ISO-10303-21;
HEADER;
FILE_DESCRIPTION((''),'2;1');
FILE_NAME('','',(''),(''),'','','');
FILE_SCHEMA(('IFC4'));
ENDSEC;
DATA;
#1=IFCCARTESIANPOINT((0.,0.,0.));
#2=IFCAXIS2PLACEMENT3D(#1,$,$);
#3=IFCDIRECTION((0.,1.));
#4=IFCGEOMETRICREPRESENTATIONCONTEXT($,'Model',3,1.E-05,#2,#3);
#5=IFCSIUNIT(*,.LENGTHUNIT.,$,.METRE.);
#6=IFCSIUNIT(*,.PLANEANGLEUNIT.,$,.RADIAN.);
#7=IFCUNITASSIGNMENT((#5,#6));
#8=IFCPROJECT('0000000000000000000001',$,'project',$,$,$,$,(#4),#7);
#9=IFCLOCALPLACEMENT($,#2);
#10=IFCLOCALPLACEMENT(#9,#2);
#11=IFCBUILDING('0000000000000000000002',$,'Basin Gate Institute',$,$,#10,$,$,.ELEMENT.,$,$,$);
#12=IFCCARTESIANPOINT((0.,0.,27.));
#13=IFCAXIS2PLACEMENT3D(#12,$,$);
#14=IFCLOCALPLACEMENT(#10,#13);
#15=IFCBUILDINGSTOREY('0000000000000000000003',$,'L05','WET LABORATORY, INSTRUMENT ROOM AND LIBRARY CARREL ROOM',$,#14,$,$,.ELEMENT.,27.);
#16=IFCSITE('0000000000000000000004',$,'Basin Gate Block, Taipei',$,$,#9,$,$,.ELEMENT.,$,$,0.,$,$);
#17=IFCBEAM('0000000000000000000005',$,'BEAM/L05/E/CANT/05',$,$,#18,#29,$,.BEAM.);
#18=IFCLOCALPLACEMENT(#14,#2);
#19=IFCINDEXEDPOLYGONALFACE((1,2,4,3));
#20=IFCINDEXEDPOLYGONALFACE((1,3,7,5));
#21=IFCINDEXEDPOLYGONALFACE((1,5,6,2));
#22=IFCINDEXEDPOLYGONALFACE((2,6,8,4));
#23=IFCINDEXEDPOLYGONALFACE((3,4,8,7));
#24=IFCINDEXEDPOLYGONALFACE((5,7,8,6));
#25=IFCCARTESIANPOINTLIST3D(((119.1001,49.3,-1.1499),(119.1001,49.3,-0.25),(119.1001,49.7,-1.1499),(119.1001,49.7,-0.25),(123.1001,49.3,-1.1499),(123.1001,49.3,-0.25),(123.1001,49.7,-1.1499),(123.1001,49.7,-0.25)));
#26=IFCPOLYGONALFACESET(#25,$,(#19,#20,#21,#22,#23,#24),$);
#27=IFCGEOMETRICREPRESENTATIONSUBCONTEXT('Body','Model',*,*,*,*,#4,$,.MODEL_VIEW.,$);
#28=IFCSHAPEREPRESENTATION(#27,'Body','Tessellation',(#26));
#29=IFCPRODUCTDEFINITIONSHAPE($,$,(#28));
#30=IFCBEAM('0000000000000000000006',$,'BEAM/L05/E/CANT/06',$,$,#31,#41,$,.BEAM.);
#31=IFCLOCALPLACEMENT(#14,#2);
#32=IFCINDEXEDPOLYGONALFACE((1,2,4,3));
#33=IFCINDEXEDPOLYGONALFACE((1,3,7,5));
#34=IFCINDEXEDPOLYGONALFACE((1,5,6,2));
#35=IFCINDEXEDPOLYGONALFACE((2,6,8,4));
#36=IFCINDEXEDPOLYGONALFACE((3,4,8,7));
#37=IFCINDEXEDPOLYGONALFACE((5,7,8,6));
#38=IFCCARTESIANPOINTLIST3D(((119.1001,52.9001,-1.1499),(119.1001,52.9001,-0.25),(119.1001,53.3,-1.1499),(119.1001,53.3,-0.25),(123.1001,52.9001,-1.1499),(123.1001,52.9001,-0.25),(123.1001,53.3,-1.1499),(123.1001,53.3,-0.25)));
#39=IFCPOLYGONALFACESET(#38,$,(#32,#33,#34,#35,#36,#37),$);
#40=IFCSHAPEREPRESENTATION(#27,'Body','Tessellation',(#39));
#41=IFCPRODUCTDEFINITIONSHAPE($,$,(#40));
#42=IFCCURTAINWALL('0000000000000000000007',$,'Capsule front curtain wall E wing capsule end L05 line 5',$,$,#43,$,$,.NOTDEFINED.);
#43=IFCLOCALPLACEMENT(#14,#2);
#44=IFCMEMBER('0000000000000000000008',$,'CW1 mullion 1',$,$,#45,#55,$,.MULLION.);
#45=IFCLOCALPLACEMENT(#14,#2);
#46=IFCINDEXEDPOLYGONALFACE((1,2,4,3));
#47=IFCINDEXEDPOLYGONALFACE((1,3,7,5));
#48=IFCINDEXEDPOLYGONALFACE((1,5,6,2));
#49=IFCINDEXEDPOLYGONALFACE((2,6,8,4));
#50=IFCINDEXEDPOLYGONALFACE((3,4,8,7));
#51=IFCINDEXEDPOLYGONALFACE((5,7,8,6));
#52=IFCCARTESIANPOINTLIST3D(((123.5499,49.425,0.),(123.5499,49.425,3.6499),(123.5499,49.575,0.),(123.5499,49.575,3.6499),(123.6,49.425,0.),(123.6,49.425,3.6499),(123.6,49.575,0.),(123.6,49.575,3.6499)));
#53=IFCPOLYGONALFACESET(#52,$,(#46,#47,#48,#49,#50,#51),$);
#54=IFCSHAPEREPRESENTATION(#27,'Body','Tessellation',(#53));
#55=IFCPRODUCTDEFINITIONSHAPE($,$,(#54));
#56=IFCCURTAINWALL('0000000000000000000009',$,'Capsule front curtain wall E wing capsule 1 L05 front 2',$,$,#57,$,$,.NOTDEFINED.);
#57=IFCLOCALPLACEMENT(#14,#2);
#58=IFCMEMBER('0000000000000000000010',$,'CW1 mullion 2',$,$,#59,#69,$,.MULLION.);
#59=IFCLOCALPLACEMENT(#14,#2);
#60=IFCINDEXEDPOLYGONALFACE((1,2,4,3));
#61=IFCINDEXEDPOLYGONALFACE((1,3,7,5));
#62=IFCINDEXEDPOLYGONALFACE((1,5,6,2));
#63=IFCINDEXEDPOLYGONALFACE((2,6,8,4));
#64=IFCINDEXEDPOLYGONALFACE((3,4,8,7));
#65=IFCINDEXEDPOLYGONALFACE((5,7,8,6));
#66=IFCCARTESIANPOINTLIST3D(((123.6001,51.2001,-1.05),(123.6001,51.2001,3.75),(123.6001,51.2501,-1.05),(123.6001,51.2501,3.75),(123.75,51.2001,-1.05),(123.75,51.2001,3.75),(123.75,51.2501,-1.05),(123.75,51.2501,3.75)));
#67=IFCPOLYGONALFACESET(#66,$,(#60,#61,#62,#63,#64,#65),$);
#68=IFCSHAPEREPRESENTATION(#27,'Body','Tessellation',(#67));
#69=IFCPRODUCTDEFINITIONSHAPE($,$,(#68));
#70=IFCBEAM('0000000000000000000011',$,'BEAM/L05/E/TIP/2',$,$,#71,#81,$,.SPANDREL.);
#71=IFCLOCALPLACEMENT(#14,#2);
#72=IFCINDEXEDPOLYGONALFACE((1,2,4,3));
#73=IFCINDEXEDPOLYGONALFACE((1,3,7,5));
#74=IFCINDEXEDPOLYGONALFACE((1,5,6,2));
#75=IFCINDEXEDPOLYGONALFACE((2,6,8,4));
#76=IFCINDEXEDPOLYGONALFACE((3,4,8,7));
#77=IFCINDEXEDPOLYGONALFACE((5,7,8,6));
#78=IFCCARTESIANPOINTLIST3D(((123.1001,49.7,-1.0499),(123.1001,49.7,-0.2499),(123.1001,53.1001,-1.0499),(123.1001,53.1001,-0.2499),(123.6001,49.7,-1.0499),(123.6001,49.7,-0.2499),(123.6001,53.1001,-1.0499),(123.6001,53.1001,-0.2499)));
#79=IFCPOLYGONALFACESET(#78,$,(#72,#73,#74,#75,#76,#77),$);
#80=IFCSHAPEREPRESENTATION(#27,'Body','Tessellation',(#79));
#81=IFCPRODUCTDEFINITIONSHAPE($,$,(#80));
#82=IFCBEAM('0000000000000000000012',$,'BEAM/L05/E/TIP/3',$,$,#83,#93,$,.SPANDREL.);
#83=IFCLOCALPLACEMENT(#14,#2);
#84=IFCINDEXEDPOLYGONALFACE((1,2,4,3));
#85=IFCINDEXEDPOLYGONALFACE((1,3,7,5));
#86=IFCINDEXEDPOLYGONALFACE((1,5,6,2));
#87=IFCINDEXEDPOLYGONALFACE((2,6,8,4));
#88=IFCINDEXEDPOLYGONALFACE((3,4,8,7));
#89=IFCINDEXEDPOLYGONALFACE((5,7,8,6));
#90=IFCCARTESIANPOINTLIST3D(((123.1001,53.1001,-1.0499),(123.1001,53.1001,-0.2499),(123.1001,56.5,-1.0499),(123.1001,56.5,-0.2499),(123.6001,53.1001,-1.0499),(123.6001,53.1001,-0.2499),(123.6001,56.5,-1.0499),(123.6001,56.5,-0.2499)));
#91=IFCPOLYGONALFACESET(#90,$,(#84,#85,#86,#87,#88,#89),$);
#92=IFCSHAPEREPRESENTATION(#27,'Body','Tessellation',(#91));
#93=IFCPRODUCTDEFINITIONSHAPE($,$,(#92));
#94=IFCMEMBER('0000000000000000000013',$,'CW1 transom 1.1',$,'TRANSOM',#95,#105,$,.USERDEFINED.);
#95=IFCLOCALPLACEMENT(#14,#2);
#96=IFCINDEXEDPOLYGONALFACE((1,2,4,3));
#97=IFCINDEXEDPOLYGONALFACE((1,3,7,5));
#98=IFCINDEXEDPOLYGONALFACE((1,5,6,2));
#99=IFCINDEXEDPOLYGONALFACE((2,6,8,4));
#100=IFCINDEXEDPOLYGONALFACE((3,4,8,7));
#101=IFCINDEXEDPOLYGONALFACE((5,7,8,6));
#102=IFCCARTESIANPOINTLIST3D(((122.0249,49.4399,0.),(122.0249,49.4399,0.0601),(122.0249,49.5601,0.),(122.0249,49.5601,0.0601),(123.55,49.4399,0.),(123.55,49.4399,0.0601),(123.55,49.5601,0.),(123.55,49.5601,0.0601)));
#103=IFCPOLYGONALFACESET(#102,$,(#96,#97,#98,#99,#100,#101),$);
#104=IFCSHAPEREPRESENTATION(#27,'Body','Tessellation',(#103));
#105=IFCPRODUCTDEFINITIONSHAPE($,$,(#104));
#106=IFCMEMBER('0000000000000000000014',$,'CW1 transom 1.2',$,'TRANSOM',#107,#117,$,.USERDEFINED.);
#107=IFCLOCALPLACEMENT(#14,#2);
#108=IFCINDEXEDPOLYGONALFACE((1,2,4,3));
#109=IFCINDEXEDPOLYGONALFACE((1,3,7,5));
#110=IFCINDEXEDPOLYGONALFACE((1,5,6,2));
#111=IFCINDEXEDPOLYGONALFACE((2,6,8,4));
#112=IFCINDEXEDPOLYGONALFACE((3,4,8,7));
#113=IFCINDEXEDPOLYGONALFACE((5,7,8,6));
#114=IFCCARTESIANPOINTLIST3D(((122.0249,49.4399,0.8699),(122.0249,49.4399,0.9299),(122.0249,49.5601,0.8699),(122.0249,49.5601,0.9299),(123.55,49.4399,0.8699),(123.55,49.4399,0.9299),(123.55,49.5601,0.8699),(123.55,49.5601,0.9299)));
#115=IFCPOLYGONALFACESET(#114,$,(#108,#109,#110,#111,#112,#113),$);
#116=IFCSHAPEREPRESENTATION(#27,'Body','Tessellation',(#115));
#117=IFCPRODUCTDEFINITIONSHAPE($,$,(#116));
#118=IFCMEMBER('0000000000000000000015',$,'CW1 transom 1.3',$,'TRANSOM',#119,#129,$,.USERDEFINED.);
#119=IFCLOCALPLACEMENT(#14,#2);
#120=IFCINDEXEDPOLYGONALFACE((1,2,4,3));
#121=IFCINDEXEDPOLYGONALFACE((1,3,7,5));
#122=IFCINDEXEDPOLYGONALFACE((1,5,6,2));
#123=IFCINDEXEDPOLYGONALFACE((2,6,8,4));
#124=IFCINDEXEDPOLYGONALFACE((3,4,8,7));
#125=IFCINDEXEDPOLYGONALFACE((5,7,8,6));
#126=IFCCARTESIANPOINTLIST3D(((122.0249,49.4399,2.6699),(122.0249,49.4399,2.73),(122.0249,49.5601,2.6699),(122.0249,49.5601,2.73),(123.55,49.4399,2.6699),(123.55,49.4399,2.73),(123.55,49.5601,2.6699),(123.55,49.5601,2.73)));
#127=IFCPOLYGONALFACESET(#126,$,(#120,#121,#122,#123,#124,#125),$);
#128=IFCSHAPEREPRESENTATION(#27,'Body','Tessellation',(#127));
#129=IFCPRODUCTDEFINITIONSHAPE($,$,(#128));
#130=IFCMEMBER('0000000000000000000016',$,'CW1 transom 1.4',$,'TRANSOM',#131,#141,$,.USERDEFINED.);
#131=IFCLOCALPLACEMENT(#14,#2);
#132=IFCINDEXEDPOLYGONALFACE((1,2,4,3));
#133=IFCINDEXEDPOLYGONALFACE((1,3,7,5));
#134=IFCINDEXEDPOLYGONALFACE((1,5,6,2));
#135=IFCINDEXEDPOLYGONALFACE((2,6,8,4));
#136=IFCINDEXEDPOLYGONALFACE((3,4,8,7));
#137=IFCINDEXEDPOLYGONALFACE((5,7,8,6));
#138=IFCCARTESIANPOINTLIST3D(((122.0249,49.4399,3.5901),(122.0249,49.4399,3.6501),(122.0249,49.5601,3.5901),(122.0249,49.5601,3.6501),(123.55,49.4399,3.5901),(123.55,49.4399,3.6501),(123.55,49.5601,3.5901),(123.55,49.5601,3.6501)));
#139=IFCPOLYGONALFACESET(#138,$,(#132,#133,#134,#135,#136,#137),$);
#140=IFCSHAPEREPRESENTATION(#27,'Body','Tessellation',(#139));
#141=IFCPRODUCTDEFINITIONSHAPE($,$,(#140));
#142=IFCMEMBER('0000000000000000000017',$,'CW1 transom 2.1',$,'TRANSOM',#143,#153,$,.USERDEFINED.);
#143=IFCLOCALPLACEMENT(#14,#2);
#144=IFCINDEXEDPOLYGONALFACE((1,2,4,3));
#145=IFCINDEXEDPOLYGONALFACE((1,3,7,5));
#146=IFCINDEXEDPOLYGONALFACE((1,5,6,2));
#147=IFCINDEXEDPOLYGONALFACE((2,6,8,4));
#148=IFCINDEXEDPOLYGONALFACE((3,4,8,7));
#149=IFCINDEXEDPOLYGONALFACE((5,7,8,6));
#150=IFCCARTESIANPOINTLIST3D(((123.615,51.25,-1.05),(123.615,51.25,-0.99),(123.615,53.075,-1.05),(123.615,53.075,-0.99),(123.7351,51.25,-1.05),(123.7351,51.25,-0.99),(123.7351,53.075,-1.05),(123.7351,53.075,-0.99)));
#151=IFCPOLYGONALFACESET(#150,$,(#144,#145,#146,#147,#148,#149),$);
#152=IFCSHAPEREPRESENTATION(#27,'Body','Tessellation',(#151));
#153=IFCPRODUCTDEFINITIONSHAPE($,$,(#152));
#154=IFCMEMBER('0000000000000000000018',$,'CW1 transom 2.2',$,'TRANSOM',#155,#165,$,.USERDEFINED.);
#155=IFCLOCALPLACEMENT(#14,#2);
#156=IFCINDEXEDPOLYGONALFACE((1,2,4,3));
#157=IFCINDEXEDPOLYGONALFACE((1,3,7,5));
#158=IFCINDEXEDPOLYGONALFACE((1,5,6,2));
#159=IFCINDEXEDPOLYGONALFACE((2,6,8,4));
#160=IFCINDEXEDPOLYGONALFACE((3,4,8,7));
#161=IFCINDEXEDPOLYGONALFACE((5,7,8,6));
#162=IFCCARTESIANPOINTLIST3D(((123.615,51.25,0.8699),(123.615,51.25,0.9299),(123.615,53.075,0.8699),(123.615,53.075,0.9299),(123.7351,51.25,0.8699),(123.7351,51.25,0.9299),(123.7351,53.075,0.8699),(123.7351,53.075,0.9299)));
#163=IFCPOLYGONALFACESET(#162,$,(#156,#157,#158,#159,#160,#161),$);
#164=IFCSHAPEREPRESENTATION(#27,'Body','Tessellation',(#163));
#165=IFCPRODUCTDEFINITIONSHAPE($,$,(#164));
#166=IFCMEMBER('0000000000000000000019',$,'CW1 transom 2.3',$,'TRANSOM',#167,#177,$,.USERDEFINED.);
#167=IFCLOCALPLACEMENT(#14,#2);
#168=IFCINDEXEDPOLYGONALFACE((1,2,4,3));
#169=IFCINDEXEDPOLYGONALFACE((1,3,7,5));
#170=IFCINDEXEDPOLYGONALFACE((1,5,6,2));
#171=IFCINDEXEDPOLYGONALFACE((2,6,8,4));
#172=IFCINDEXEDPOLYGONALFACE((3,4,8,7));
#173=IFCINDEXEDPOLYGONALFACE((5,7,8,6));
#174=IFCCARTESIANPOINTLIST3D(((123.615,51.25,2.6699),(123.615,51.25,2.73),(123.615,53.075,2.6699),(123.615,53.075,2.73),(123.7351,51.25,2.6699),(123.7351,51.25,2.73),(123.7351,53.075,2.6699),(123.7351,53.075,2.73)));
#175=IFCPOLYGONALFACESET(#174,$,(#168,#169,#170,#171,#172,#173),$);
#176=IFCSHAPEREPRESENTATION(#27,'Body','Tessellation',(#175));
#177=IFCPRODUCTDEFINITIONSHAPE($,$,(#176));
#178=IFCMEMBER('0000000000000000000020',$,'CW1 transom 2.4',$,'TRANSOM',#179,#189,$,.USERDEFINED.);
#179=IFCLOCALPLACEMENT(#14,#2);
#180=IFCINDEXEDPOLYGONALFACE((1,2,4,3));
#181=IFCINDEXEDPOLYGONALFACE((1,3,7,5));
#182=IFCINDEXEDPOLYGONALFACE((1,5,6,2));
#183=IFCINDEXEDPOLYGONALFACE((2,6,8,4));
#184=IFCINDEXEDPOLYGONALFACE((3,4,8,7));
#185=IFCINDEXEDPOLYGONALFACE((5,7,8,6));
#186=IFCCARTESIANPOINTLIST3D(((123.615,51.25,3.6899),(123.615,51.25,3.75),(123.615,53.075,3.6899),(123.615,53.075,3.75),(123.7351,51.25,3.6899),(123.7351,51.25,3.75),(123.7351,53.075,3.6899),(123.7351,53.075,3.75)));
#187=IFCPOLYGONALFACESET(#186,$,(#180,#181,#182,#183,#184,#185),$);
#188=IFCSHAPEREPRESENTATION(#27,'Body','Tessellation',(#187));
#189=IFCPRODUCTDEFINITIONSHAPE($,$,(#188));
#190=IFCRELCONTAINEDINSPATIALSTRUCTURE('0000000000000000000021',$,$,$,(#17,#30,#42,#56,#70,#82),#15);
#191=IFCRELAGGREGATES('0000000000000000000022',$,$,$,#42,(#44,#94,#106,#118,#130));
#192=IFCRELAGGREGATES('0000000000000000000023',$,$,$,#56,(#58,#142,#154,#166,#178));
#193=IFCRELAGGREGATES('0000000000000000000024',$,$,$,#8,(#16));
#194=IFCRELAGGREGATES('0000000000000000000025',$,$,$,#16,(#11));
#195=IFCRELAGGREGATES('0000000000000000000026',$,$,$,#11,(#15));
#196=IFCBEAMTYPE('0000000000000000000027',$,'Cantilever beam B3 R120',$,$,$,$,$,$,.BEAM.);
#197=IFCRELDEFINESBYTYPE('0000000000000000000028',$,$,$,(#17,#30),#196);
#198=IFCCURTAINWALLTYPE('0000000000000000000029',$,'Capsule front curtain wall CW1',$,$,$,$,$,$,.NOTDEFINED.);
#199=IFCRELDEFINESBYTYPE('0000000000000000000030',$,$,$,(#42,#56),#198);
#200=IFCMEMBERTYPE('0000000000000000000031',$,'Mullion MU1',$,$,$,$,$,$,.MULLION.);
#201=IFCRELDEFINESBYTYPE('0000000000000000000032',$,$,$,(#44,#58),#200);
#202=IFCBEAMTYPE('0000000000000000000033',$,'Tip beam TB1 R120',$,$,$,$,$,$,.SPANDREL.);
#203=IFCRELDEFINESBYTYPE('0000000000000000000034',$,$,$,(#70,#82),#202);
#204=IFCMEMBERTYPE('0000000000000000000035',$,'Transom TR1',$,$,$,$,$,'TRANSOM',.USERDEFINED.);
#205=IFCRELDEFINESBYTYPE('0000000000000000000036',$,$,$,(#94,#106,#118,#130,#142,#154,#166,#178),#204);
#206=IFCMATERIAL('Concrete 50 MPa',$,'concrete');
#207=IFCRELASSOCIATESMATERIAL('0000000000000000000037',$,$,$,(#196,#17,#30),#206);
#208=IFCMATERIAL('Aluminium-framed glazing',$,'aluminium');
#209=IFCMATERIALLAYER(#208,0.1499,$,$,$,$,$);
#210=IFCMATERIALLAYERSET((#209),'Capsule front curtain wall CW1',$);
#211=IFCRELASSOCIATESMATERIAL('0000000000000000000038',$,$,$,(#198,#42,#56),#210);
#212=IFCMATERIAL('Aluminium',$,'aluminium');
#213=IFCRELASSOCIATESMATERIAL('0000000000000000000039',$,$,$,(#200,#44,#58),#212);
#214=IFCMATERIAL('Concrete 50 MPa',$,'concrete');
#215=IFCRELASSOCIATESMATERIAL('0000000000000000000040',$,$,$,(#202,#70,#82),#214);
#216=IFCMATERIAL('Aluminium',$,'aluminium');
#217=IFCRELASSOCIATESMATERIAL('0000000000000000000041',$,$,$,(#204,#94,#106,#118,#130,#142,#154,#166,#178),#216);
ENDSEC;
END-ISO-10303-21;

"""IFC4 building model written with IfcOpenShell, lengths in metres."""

from ifc_helpers import new_model, si_unit, direction, frame, origin, origin_2d, place, context, subcontext, project, spatial, rectangle, extrude, material, layer, layer_set, material_profile, profile_set, type_object, element, aggregate, save


model = new_model("IFC4")

# Units and contexts
model_context = context("Model", 3, precision=1e-05, world=origin(), true_north=direction((0.0, 1.0)))
body_context = subcontext(model_context, "Body", "Model", "MODEL_VIEW")
ifc_project = project(units=[si_unit("LENGTHUNIT", "METRE"), si_unit("PLANEANGLEUNIT", "RADIAN")], contexts=[model_context])

# Site, building, storey
site_placement = place(None, origin())
site = spatial("IfcSite", under=ifc_project, at=site_placement, Name="Basin Gate Block, Taipei", CompositionType="ELEMENT", RefElevation=0.0)
building_placement = place(site_placement, origin())
building = spatial("IfcBuilding", under=site, at=building_placement, Name="Basin Gate Institute", CompositionType="ELEMENT")
storey_placement = place(building_placement, frame((0.0, 0.0, 27.0)))
storey = spatial("IfcBuildingStorey", under=building, at=storey_placement, Name="L05", Description="WET LABORATORY, INSTRUMENT ROOM AND LIBRARY CARREL ROOM", CompositionType="ELEMENT", Elevation=27.0)

# Beams
ifc_material_1 = material(Name="Concrete 50 MPa", Category="concrete")
ifc_material_profile_1 = material_profile(ifc_material_1, rectangle(XDim=0.3999, YDim=0.8999, at=origin_2d()), Name="Cantilever beam B3 400 x 900")
ifc_profile_set_1 = profile_set([ifc_material_profile_1], Name="Concrete 50 MPa")
beam_type_1 = type_object("IfcBeamType", Name="Cantilever beam B3 R120", PredefinedType="BEAM", material=ifc_profile_set_1)
for number, where, z_axis, x_axis, name in (
    (1, (123.1001, 49.5, -0.7), (-1.0, 0.0, 0.0), (0.0, -1.0, 0.0), "BEAM/L05/E/CANT/05"),
    (2, (123.1001, 53.1001, -0.7), (-1.0, 0.0, 0.0), (0.0, -1.0, 0.0), "BEAM/L05/E/CANT/06"),
):
    element("IfcBeam", number, at=place(storey_placement, frame(where, z_axis=z_axis, x_axis=x_axis)), inside=storey, type_object=beam_type_1, material=ifc_profile_set_1, Name=name, PredefinedType="BEAM", context=body_context, shape_type="SweptSolid", body=[
        extrude(rectangle(XDim=0.3999, YDim=0.8999, at=origin_2d()), origin(), (0.0, 0.0, 1.0), 4.0),
    ])

# Curtain walls, members
ifc_material_2 = material(Name="Aluminium-framed glazing", Category="aluminium")
ifc_layer_1 = layer(ifc_material_2, 0.1499)
ifc_layer_set_1 = layer_set([ifc_layer_1], Name="Capsule front curtain wall CW1")
curtain_wall_type = type_object("IfcCurtainWallType", Name="Capsule front curtain wall CW1", PredefinedType="NOTDEFINED", material=ifc_layer_set_1)
curtain_wall_1_placement = place(storey_placement, origin())
curtain_wall_1 = element("IfcCurtainWall", 3, at=curtain_wall_1_placement, inside=storey, type_object=curtain_wall_type, material=ifc_layer_set_1, Name="Capsule front curtain wall E wing capsule end L05 line 5", PredefinedType="NOTDEFINED")
ifc_material_3 = material(Name="Aluminium", Category="aluminium")
ifc_material_profile_2 = material_profile(ifc_material_3, rectangle(XDim=0.1499, YDim=0.05, at=origin_2d()), Name="Mullion MU1 150 x 50")
ifc_profile_set_2 = profile_set([ifc_material_profile_2], Name="Aluminium")
member_type_1 = type_object("IfcMemberType", Name="Mullion MU1", PredefinedType="MULLION", material=ifc_profile_set_2)
member_1_placement = place(storey_placement, frame((123.575, 49.5, 0.0), z_axis=(0.0, 0.0, 1.0), x_axis=(0.0, -1.0, 0.0)))
member_1 = element("IfcMember", 4, at=member_1_placement, type_object=member_type_1, material=ifc_profile_set_2, Name="CW1 mullion 1", PredefinedType="MULLION", context=body_context, shape_type="SweptSolid", body=[
    extrude(rectangle(XDim=0.1499, YDim=0.05, at=origin_2d()), origin(), (0.0, 0.0, 1.0), 3.6499),
])
curtain_wall_2_placement = place(storey_placement, origin())
curtain_wall_2 = element("IfcCurtainWall", 5, at=curtain_wall_2_placement, inside=storey, type_object=curtain_wall_type, material=ifc_layer_set_1, Name="Capsule front curtain wall E wing capsule 1 L05 front 2", PredefinedType="NOTDEFINED")
member_2_placement = place(storey_placement, frame((123.675, 51.2251, -1.05), z_axis=(0.0, 0.0, 1.0), x_axis=(-1.0, 0.0, 0.0)))
member_2 = element("IfcMember", 6, at=member_2_placement, type_object=member_type_1, material=ifc_profile_set_2, Name="CW1 mullion 2", PredefinedType="MULLION", context=body_context, shape_type="SweptSolid", body=[
    extrude(rectangle(XDim=0.1499, YDim=0.05, at=origin_2d()), origin(), (0.0, 0.0, 1.0), 4.8),
])

# Beams
ifc_material_4 = material(Name="Concrete 50 MPa", Category="concrete")
ifc_material_profile_3 = material_profile(ifc_material_4, rectangle(XDim=0.5, YDim=0.8, at=origin_2d()), Name="Tip beam TB1 500 x 800")
ifc_profile_set_3 = profile_set([ifc_material_profile_3], Name="Concrete 50 MPa")
beam_type_2 = type_object("IfcBeamType", Name="Tip beam TB1 R120", PredefinedType="SPANDREL", material=ifc_profile_set_3)
beam_1_placement = place(storey_placement, frame((123.3501, 49.7, -0.6499), z_axis=(0.0, 1.0, 0.0), x_axis=(-1.0, 0.0, 0.0)))
element("IfcBeam", 7, at=beam_1_placement, inside=storey, type_object=beam_type_2, material=ifc_profile_set_3, Name="BEAM/L05/E/TIP/2", PredefinedType="SPANDREL", context=body_context, shape_type="SweptSolid", body=[
    extrude(rectangle(XDim=0.5, YDim=0.8, at=origin_2d()), origin(), (0.0, 0.0, 1.0), 3.4001),
])
beam_2_placement = place(storey_placement, frame((123.3501, 53.1001, -0.6499), z_axis=(0.0, 1.0, 0.0), x_axis=(-1.0, 0.0, 0.0)))
element("IfcBeam", 8, at=beam_2_placement, inside=storey, type_object=beam_type_2, material=ifc_profile_set_3, Name="BEAM/L05/E/TIP/3", PredefinedType="SPANDREL", context=body_context, shape_type="SweptSolid", body=[
    extrude(rectangle(XDim=0.5, YDim=0.8, at=origin_2d()), origin(), (0.0, 0.0, 1.0), 3.3999),
])

# Members
ifc_material_5 = material(Name="Aluminium", Category="aluminium")
ifc_material_profile_4 = material_profile(ifc_material_5, rectangle(XDim=0.1201, YDim=0.0601, at=origin_2d()), Name="Transom TR1 120 x 60")
ifc_profile_set_4 = profile_set([ifc_material_profile_4], Name="Aluminium")
member_type_2 = type_object("IfcMemberType", Name="Transom TR1", ElementType="TRANSOM", PredefinedType="USERDEFINED", material=ifc_profile_set_4)
member_3_placement = place(storey_placement, frame((123.55, 49.5, 0.03), z_axis=(-1.0, 0.0, 0.0), x_axis=(0.0, -1.0, 0.0)))
member_3 = element("IfcMember", 9, at=member_3_placement, type_object=member_type_2, material=ifc_profile_set_4, Name="CW1 transom 1.1", ObjectType="TRANSOM", PredefinedType="USERDEFINED", context=body_context, shape_type="SweptSolid", body=[
    extrude(rectangle(XDim=0.1201, YDim=0.0601, at=origin_2d()), origin(), (0.0, 0.0, 1.0), 1.5251),
])
member_4_placement = place(storey_placement, frame((123.55, 49.5, 0.8999), z_axis=(-1.0, 0.0, 0.0), x_axis=(0.0, -1.0, 0.0)))
member_4 = element("IfcMember", 10, at=member_4_placement, type_object=member_type_2, material=ifc_profile_set_4, Name="CW1 transom 1.2", ObjectType="TRANSOM", PredefinedType="USERDEFINED", context=body_context, shape_type="SweptSolid", body=[
    extrude(rectangle(XDim=0.1201, YDim=0.0601, at=origin_2d()), origin(), (0.0, 0.0, 1.0), 1.5251),
])
member_5_placement = place(storey_placement, frame((123.55, 49.5, 2.7), z_axis=(-1.0, 0.0, 0.0), x_axis=(0.0, -1.0, 0.0)))
member_5 = element("IfcMember", 11, at=member_5_placement, type_object=member_type_2, material=ifc_profile_set_4, Name="CW1 transom 1.3", ObjectType="TRANSOM", PredefinedType="USERDEFINED", context=body_context, shape_type="SweptSolid", body=[
    extrude(rectangle(XDim=0.1201, YDim=0.0601, at=origin_2d()), origin(), (0.0, 0.0, 1.0), 1.5251),
])
member_6_placement = place(storey_placement, frame((123.55, 49.5, 3.6201), z_axis=(-1.0, 0.0, 0.0), x_axis=(0.0, -1.0, 0.0)))
member_6 = element("IfcMember", 12, at=member_6_placement, type_object=member_type_2, material=ifc_profile_set_4, Name="CW1 transom 1.4", ObjectType="TRANSOM", PredefinedType="USERDEFINED", context=body_context, shape_type="SweptSolid", body=[
    extrude(rectangle(XDim=0.1201, YDim=0.0601, at=origin_2d()), origin(), (0.0, 0.0, 1.0), 1.5251),
])
member_7_placement = place(storey_placement, frame((123.675, 51.25, -1.02), z_axis=(0.0, 1.0, 0.0), x_axis=(-1.0, 0.0, 0.0)))
member_7 = element("IfcMember", 13, at=member_7_placement, type_object=member_type_2, material=ifc_profile_set_4, Name="CW1 transom 2.1", ObjectType="TRANSOM", PredefinedType="USERDEFINED", context=body_context, shape_type="SweptSolid", body=[
    extrude(rectangle(XDim=0.1201, YDim=0.0601, at=origin_2d()), origin(), (0.0, 0.0, 1.0), 1.825),
])
member_8_placement = place(storey_placement, frame((123.675, 51.25, 0.8999), z_axis=(0.0, 1.0, 0.0), x_axis=(-1.0, 0.0, 0.0)))
member_8 = element("IfcMember", 14, at=member_8_placement, type_object=member_type_2, material=ifc_profile_set_4, Name="CW1 transom 2.2", ObjectType="TRANSOM", PredefinedType="USERDEFINED", context=body_context, shape_type="SweptSolid", body=[
    extrude(rectangle(XDim=0.1201, YDim=0.0601, at=origin_2d()), origin(), (0.0, 0.0, 1.0), 1.825),
])
member_9_placement = place(storey_placement, frame((123.675, 51.25, 2.7), z_axis=(0.0, 1.0, 0.0), x_axis=(-1.0, 0.0, 0.0)))
member_9 = element("IfcMember", 15, at=member_9_placement, type_object=member_type_2, material=ifc_profile_set_4, Name="CW1 transom 2.3", ObjectType="TRANSOM", PredefinedType="USERDEFINED", context=body_context, shape_type="SweptSolid", body=[
    extrude(rectangle(XDim=0.1201, YDim=0.0601, at=origin_2d()), origin(), (0.0, 0.0, 1.0), 1.825),
])
member_10_placement = place(storey_placement, frame((123.675, 51.25, 3.72), z_axis=(0.0, 1.0, 0.0), x_axis=(-1.0, 0.0, 0.0)))
member_10 = element("IfcMember", 16, at=member_10_placement, type_object=member_type_2, material=ifc_profile_set_4, Name="CW1 transom 2.4", ObjectType="TRANSOM", PredefinedType="USERDEFINED", context=body_context, shape_type="SweptSolid", body=[
    extrude(rectangle(XDim=0.1201, YDim=0.0601, at=origin_2d()), origin(), (0.0, 0.0, 1.0), 1.825),
])

aggregate(curtain_wall_1, [member_1, member_3, member_4, member_5, member_6])
aggregate(curtain_wall_2, [member_2, member_7, member_8, member_9, member_10])

save(model, "model.ifc")
